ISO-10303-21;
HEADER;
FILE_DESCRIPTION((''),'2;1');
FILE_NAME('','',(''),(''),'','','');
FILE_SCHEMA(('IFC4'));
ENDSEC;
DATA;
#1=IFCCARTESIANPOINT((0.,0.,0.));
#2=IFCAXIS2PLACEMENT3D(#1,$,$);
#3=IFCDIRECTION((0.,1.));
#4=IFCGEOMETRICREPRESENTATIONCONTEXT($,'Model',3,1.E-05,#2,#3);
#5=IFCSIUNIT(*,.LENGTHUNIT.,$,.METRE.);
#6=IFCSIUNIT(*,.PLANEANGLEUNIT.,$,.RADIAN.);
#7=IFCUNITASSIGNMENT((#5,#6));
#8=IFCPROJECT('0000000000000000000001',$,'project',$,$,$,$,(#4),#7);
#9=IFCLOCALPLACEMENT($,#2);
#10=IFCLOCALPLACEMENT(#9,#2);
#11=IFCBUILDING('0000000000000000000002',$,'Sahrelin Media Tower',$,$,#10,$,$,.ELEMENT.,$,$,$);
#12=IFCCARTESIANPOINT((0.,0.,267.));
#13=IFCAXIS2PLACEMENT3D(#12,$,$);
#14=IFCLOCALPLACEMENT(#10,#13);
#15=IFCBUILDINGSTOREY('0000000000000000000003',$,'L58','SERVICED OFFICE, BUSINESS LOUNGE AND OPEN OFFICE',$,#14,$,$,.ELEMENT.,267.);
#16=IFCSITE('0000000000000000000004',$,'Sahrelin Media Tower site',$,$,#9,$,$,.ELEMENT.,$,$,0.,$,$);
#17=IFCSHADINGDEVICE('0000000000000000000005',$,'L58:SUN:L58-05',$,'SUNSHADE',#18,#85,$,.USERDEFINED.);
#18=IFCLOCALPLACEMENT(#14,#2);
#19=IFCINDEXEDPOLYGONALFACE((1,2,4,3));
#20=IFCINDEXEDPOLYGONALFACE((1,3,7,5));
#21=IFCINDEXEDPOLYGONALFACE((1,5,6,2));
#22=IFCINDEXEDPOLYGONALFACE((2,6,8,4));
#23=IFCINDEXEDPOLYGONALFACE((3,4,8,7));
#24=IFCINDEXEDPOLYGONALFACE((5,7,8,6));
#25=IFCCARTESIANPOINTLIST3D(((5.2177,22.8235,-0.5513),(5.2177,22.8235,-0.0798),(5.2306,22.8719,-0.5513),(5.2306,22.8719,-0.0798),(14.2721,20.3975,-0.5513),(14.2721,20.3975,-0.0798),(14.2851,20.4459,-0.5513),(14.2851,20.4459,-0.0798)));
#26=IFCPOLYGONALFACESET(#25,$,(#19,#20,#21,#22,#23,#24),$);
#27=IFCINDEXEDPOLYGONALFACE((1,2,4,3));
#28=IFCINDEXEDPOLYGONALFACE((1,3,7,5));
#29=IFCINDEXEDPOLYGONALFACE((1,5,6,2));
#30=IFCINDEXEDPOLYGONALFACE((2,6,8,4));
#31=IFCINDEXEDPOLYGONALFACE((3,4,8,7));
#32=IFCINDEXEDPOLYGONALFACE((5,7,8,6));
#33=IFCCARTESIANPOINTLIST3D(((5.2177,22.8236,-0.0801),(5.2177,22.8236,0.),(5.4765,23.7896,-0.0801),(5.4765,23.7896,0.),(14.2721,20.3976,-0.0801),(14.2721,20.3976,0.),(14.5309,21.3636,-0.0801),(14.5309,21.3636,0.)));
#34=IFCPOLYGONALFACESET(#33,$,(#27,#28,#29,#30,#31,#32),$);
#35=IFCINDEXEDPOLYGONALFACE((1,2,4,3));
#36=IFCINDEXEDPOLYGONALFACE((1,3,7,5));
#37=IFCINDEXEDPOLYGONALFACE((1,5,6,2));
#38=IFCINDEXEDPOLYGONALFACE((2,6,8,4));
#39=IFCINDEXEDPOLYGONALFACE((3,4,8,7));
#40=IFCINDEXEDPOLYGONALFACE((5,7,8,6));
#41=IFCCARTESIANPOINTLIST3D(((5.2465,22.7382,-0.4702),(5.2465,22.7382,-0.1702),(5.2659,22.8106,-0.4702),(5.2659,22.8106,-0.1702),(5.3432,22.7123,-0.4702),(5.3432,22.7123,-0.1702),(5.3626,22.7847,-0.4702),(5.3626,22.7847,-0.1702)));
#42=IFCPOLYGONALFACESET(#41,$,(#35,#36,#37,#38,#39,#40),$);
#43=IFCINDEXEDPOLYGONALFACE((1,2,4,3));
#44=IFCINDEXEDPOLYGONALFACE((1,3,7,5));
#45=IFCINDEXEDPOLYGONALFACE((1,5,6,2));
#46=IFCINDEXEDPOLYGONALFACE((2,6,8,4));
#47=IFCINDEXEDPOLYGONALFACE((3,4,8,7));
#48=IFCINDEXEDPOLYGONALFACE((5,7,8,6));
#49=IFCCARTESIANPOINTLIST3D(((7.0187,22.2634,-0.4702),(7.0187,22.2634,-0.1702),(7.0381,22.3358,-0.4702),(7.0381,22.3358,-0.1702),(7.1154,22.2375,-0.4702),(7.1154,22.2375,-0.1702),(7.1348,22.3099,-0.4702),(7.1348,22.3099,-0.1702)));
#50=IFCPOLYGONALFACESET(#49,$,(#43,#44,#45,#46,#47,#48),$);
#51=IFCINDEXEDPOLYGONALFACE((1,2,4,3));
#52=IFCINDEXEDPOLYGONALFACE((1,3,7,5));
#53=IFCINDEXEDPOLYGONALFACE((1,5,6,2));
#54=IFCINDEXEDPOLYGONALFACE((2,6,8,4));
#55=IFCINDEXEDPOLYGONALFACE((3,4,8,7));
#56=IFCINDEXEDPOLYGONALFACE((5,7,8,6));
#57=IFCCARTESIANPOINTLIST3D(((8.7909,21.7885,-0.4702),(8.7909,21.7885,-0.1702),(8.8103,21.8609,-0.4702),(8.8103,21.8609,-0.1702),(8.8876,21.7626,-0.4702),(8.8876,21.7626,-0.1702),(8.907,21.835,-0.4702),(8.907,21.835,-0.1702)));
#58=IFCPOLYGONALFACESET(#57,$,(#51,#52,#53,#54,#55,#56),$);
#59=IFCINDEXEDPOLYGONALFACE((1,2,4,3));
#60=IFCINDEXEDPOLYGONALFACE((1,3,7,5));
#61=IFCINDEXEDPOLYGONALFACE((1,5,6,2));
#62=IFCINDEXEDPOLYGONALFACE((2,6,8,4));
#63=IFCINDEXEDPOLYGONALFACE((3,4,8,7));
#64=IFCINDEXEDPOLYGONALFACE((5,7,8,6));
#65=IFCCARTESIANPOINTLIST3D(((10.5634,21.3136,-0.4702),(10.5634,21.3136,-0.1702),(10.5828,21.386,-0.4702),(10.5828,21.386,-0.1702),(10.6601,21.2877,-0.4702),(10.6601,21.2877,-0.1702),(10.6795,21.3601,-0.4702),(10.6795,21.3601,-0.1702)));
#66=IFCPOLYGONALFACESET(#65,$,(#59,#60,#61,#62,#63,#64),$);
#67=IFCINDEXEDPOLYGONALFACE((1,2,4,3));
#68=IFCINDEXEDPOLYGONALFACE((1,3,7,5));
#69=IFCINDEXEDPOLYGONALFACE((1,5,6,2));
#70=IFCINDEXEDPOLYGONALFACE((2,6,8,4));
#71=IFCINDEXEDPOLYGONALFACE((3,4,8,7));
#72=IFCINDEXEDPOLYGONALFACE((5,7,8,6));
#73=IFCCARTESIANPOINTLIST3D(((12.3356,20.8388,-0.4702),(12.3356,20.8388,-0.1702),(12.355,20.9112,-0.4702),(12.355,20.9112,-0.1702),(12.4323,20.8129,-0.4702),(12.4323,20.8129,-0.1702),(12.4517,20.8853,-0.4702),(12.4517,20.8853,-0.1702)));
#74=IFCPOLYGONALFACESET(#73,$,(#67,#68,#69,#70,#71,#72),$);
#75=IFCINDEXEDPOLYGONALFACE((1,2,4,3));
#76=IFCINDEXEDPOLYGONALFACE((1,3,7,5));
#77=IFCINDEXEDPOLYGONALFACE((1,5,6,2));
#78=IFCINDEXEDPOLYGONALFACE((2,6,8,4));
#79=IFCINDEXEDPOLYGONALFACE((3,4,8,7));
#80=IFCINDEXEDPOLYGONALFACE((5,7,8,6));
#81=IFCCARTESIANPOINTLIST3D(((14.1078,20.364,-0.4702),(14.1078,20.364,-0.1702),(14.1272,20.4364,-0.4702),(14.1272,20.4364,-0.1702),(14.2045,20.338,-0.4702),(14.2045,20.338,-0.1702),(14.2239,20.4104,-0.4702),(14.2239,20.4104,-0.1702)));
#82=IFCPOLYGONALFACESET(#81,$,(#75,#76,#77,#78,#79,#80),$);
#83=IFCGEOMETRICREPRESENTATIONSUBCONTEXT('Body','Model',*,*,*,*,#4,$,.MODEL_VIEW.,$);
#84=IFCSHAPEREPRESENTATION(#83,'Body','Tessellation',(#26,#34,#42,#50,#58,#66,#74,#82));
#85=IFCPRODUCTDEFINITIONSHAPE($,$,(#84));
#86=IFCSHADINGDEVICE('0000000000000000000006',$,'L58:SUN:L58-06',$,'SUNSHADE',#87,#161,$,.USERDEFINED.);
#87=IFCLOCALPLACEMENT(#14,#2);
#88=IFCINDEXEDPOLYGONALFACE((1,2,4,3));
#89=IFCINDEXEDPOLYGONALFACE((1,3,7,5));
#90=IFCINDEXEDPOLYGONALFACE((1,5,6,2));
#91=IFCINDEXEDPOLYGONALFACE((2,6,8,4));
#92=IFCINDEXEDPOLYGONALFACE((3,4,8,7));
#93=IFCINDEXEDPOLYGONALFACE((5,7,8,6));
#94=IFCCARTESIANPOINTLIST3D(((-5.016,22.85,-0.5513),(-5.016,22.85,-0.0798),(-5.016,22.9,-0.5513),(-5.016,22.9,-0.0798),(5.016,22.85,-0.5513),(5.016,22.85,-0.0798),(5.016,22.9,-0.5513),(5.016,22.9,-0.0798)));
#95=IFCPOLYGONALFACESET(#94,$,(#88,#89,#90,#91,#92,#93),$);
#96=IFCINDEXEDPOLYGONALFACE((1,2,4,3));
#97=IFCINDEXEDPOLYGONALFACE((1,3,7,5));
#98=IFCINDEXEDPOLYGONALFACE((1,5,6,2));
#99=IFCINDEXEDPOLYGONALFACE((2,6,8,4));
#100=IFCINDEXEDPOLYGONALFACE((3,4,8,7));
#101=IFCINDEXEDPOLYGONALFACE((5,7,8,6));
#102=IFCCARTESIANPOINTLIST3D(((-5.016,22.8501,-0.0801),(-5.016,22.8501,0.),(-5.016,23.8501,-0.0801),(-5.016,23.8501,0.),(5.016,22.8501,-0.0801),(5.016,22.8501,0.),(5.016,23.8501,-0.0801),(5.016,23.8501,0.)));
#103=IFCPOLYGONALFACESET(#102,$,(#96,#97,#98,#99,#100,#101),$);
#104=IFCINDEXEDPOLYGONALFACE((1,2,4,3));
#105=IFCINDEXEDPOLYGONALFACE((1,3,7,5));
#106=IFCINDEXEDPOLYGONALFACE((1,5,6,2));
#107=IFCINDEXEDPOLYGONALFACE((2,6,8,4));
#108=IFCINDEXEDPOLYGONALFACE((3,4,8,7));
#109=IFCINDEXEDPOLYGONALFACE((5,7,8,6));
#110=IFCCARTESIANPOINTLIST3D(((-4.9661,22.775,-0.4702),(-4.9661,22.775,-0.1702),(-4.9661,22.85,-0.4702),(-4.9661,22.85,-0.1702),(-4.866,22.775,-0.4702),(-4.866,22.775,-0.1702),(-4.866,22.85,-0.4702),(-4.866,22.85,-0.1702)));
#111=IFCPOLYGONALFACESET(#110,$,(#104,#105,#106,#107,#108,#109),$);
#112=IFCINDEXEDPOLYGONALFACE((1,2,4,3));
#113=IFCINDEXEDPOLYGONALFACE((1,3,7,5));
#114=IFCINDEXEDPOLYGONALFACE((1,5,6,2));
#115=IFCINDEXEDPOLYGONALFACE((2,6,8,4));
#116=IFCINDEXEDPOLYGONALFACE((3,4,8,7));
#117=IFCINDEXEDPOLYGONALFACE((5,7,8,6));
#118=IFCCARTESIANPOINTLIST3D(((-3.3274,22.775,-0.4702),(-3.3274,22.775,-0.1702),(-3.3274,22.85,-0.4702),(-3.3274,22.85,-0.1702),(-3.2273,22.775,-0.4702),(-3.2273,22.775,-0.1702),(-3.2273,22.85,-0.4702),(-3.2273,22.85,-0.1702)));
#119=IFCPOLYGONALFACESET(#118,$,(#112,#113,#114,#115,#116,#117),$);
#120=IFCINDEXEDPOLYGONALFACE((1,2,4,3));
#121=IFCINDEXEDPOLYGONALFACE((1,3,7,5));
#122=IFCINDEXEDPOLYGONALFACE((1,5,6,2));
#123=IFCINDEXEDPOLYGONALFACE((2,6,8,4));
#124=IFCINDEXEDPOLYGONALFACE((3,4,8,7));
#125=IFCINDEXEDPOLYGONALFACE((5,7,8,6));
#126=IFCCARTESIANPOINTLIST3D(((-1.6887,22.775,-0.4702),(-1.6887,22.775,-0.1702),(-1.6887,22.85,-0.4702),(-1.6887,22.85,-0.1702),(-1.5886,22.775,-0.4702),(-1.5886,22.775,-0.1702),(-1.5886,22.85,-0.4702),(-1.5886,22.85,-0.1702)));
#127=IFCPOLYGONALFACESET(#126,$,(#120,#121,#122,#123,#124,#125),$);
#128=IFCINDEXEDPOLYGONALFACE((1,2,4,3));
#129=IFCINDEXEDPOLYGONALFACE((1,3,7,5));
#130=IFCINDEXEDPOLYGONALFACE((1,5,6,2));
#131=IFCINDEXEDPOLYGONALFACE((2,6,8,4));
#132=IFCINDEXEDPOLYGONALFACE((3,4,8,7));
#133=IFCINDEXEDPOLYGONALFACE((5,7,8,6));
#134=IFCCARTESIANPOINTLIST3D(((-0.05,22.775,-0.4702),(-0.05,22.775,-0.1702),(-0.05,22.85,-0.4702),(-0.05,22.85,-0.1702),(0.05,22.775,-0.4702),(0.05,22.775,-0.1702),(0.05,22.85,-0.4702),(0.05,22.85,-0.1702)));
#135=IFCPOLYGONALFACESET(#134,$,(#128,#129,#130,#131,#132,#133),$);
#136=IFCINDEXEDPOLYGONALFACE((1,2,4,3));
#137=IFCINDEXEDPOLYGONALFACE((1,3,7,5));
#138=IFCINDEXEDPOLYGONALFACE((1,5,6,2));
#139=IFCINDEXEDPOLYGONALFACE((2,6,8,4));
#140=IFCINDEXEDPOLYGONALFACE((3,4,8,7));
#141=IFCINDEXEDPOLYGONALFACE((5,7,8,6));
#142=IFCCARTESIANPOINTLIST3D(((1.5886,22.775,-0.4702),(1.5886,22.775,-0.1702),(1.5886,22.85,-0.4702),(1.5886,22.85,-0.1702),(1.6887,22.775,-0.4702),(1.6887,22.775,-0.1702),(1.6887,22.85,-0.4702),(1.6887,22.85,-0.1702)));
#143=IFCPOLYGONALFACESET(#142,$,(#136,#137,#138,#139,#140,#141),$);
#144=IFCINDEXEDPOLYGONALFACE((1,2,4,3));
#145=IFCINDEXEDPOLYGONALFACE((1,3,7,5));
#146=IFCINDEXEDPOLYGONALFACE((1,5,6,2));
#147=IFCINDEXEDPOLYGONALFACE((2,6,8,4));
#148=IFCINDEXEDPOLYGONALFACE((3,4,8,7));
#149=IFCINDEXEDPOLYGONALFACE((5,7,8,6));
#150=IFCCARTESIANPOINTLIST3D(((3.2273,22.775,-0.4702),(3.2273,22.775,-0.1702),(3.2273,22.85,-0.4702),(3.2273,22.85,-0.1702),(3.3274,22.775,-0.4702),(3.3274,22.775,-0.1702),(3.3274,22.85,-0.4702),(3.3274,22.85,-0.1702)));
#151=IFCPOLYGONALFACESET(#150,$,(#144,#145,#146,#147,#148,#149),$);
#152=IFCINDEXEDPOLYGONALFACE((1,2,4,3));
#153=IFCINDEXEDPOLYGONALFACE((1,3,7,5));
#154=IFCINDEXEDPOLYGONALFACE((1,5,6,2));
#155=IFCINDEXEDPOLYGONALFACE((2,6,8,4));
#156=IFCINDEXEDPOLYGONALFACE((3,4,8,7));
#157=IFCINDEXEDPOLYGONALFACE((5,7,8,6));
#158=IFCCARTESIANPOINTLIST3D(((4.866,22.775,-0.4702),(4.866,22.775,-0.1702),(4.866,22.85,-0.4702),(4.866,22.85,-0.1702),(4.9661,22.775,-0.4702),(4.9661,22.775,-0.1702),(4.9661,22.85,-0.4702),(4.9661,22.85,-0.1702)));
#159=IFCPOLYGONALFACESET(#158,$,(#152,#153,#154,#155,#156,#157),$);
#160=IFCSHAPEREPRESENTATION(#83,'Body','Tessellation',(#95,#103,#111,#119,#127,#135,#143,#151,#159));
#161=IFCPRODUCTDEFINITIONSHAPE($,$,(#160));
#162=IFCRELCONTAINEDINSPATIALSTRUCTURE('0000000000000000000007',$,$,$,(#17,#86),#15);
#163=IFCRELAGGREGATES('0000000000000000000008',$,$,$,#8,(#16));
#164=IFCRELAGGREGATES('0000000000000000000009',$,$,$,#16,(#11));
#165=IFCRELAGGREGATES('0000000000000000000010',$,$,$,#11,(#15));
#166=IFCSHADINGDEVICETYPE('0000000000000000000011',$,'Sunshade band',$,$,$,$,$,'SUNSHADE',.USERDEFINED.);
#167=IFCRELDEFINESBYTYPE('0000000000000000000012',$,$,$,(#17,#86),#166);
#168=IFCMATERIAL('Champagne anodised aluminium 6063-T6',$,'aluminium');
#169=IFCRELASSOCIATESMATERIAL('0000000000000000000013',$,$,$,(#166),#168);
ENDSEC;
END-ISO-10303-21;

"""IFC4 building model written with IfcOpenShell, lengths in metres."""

from ifc_helpers import new_model, si_unit, direction, frame, origin, origin_2d, place, context, subcontext, project, spatial, rectangle, extrude, material, type_object, element, save


model = new_model("IFC4")

# Units and contexts
model_context = context("Model", 3, precision=1e-05, world=origin(), true_north=direction((0.0, 1.0)))
body_context = subcontext(model_context, "Body", "Model", "MODEL_VIEW")
ifc_project = project(units=[si_unit("LENGTHUNIT", "METRE"), si_unit("PLANEANGLEUNIT", "RADIAN")], contexts=[model_context])

# Site, building, storey
site_placement = place(None, origin())
site = spatial("IfcSite", under=ifc_project, at=site_placement, Name="Sahrelin Media Tower site", CompositionType="ELEMENT", RefElevation=0.0)
building_placement = place(site_placement, origin())
building = spatial("IfcBuilding", under=site, at=building_placement, Name="Sahrelin Media Tower", CompositionType="ELEMENT")
storey_placement = place(building_placement, frame((0.0, 0.0, 267.0)))
storey = spatial("IfcBuildingStorey", under=building, at=storey_placement, Name="L58", Description="SERVICED OFFICE, BUSINESS LOUNGE AND OPEN OFFICE", CompositionType="ELEMENT", Elevation=267.0)

# Shared definitions
ifc_material_1 = material(Name="Champagne anodised aluminium 6063-T6", Category="aluminium")
placement_1 = place(storey_placement, frame((0.0, 22.8301, 0.0), z_axis=(0.0, 0.0, 1.0), x_axis=(1.0, 0.0, 0.0)))

# Shading devices
placement_2 = place(storey_placement, frame((9.7397, 21.5913, 0.0), z_axis=(0.0, 0.0, 1.0), x_axis=(0.965929, -0.258808, 0.0)))
shading_device_type_1 = type_object("IfcShadingDeviceType", Name="Sunshade band", ElementType="SUNSHADE", PredefinedType="USERDEFINED", material=ifc_material_1)
element("IfcShadingDevice", 1, at=placement_2, inside=storey, type_object=shading_device_type_1, Name="L58:SUN:L58-05", ObjectType="SUNSHADE", PredefinedType="USERDEFINED", context=body_context, shape_type="SweptSolid", body=[
    extrude(rectangle(XDim=9.3738, YDim=0.05, at=origin_2d()), frame((0.0, 0.0449, -0.5513)), (0.0, 0.0, 1.0), 0.4714),
    extrude(rectangle(XDim=9.3738, YDim=1.0, at=origin_2d()), frame((0.0, 0.52, -0.0801)), (0.0, 0.0, 1.0), 0.0801),
    extrude(rectangle(XDim=0.1001, YDim=0.075, at=origin_2d()), frame((-4.5869, -0.0176, -0.4702)), (0.0, 0.0, 1.0), 0.3),
    extrude(rectangle(XDim=0.1001, YDim=0.075, at=origin_2d()), frame((-2.7522, -0.0176, -0.4702)), (0.0, 0.0, 1.0), 0.3),
    extrude(rectangle(XDim=0.1001, YDim=0.075, at=origin_2d()), frame((-0.9175, -0.0176, -0.4702)), (0.0, 0.0, 1.0), 0.3),
    extrude(rectangle(XDim=0.1001, YDim=0.075, at=origin_2d()), frame((0.9175, -0.0176, -0.4702)), (0.0, 0.0, 1.0), 0.3),
    extrude(rectangle(XDim=0.1001, YDim=0.075, at=origin_2d()), frame((2.7522, -0.0176, -0.4702)), (0.0, 0.0, 1.0), 0.3),
    extrude(rectangle(XDim=0.1001, YDim=0.075, at=origin_2d()), frame((4.5869, -0.0176, -0.4702)), (0.0, 0.0, 1.0), 0.3),
])
element("IfcShadingDevice", 2, at=placement_1, inside=storey, type_object=shading_device_type_1, Name="L58:SUN:L58-06", ObjectType="SUNSHADE", PredefinedType="USERDEFINED", context=body_context, shape_type="SweptSolid", body=[
    extrude(rectangle(XDim=10.032, YDim=0.05, at=origin_2d()), frame((0.0, 0.0449, -0.5513)), (0.0, 0.0, 1.0), 0.4714),
    extrude(rectangle(XDim=10.032, YDim=1.0, at=origin_2d()), frame((0.0, 0.52, -0.0801)), (0.0, 0.0, 1.0), 0.0801),
    extrude(rectangle(XDim=0.1001, YDim=0.075, at=origin_2d()), frame((-4.916, -0.0176, -0.4702)), (0.0, 0.0, 1.0), 0.3),
    extrude(rectangle(XDim=0.1001, YDim=0.075, at=origin_2d()), frame((-3.2773, -0.0176, -0.4702)), (0.0, 0.0, 1.0), 0.3),
    extrude(rectangle(XDim=0.1001, YDim=0.075, at=origin_2d()), frame((-1.6387, -0.0176, -0.4702)), (0.0, 0.0, 1.0), 0.3),
    extrude(rectangle(XDim=0.1001, YDim=0.075, at=origin_2d()), frame((0.0, -0.0176, -0.4702)), (0.0, 0.0, 1.0), 0.3),
    extrude(rectangle(XDim=0.1001, YDim=0.075, at=origin_2d()), frame((1.6387, -0.0176, -0.4702)), (0.0, 0.0, 1.0), 0.3),
    extrude(rectangle(XDim=0.1001, YDim=0.075, at=origin_2d()), frame((3.2773, -0.0176, -0.4702)), (0.0, 0.0, 1.0), 0.3),
    extrude(rectangle(XDim=0.1001, YDim=0.075, at=origin_2d()), frame((4.916, -0.0176, -0.4702)), (0.0, 0.0, 1.0), 0.3),
])

save(model, "model.ifc")
